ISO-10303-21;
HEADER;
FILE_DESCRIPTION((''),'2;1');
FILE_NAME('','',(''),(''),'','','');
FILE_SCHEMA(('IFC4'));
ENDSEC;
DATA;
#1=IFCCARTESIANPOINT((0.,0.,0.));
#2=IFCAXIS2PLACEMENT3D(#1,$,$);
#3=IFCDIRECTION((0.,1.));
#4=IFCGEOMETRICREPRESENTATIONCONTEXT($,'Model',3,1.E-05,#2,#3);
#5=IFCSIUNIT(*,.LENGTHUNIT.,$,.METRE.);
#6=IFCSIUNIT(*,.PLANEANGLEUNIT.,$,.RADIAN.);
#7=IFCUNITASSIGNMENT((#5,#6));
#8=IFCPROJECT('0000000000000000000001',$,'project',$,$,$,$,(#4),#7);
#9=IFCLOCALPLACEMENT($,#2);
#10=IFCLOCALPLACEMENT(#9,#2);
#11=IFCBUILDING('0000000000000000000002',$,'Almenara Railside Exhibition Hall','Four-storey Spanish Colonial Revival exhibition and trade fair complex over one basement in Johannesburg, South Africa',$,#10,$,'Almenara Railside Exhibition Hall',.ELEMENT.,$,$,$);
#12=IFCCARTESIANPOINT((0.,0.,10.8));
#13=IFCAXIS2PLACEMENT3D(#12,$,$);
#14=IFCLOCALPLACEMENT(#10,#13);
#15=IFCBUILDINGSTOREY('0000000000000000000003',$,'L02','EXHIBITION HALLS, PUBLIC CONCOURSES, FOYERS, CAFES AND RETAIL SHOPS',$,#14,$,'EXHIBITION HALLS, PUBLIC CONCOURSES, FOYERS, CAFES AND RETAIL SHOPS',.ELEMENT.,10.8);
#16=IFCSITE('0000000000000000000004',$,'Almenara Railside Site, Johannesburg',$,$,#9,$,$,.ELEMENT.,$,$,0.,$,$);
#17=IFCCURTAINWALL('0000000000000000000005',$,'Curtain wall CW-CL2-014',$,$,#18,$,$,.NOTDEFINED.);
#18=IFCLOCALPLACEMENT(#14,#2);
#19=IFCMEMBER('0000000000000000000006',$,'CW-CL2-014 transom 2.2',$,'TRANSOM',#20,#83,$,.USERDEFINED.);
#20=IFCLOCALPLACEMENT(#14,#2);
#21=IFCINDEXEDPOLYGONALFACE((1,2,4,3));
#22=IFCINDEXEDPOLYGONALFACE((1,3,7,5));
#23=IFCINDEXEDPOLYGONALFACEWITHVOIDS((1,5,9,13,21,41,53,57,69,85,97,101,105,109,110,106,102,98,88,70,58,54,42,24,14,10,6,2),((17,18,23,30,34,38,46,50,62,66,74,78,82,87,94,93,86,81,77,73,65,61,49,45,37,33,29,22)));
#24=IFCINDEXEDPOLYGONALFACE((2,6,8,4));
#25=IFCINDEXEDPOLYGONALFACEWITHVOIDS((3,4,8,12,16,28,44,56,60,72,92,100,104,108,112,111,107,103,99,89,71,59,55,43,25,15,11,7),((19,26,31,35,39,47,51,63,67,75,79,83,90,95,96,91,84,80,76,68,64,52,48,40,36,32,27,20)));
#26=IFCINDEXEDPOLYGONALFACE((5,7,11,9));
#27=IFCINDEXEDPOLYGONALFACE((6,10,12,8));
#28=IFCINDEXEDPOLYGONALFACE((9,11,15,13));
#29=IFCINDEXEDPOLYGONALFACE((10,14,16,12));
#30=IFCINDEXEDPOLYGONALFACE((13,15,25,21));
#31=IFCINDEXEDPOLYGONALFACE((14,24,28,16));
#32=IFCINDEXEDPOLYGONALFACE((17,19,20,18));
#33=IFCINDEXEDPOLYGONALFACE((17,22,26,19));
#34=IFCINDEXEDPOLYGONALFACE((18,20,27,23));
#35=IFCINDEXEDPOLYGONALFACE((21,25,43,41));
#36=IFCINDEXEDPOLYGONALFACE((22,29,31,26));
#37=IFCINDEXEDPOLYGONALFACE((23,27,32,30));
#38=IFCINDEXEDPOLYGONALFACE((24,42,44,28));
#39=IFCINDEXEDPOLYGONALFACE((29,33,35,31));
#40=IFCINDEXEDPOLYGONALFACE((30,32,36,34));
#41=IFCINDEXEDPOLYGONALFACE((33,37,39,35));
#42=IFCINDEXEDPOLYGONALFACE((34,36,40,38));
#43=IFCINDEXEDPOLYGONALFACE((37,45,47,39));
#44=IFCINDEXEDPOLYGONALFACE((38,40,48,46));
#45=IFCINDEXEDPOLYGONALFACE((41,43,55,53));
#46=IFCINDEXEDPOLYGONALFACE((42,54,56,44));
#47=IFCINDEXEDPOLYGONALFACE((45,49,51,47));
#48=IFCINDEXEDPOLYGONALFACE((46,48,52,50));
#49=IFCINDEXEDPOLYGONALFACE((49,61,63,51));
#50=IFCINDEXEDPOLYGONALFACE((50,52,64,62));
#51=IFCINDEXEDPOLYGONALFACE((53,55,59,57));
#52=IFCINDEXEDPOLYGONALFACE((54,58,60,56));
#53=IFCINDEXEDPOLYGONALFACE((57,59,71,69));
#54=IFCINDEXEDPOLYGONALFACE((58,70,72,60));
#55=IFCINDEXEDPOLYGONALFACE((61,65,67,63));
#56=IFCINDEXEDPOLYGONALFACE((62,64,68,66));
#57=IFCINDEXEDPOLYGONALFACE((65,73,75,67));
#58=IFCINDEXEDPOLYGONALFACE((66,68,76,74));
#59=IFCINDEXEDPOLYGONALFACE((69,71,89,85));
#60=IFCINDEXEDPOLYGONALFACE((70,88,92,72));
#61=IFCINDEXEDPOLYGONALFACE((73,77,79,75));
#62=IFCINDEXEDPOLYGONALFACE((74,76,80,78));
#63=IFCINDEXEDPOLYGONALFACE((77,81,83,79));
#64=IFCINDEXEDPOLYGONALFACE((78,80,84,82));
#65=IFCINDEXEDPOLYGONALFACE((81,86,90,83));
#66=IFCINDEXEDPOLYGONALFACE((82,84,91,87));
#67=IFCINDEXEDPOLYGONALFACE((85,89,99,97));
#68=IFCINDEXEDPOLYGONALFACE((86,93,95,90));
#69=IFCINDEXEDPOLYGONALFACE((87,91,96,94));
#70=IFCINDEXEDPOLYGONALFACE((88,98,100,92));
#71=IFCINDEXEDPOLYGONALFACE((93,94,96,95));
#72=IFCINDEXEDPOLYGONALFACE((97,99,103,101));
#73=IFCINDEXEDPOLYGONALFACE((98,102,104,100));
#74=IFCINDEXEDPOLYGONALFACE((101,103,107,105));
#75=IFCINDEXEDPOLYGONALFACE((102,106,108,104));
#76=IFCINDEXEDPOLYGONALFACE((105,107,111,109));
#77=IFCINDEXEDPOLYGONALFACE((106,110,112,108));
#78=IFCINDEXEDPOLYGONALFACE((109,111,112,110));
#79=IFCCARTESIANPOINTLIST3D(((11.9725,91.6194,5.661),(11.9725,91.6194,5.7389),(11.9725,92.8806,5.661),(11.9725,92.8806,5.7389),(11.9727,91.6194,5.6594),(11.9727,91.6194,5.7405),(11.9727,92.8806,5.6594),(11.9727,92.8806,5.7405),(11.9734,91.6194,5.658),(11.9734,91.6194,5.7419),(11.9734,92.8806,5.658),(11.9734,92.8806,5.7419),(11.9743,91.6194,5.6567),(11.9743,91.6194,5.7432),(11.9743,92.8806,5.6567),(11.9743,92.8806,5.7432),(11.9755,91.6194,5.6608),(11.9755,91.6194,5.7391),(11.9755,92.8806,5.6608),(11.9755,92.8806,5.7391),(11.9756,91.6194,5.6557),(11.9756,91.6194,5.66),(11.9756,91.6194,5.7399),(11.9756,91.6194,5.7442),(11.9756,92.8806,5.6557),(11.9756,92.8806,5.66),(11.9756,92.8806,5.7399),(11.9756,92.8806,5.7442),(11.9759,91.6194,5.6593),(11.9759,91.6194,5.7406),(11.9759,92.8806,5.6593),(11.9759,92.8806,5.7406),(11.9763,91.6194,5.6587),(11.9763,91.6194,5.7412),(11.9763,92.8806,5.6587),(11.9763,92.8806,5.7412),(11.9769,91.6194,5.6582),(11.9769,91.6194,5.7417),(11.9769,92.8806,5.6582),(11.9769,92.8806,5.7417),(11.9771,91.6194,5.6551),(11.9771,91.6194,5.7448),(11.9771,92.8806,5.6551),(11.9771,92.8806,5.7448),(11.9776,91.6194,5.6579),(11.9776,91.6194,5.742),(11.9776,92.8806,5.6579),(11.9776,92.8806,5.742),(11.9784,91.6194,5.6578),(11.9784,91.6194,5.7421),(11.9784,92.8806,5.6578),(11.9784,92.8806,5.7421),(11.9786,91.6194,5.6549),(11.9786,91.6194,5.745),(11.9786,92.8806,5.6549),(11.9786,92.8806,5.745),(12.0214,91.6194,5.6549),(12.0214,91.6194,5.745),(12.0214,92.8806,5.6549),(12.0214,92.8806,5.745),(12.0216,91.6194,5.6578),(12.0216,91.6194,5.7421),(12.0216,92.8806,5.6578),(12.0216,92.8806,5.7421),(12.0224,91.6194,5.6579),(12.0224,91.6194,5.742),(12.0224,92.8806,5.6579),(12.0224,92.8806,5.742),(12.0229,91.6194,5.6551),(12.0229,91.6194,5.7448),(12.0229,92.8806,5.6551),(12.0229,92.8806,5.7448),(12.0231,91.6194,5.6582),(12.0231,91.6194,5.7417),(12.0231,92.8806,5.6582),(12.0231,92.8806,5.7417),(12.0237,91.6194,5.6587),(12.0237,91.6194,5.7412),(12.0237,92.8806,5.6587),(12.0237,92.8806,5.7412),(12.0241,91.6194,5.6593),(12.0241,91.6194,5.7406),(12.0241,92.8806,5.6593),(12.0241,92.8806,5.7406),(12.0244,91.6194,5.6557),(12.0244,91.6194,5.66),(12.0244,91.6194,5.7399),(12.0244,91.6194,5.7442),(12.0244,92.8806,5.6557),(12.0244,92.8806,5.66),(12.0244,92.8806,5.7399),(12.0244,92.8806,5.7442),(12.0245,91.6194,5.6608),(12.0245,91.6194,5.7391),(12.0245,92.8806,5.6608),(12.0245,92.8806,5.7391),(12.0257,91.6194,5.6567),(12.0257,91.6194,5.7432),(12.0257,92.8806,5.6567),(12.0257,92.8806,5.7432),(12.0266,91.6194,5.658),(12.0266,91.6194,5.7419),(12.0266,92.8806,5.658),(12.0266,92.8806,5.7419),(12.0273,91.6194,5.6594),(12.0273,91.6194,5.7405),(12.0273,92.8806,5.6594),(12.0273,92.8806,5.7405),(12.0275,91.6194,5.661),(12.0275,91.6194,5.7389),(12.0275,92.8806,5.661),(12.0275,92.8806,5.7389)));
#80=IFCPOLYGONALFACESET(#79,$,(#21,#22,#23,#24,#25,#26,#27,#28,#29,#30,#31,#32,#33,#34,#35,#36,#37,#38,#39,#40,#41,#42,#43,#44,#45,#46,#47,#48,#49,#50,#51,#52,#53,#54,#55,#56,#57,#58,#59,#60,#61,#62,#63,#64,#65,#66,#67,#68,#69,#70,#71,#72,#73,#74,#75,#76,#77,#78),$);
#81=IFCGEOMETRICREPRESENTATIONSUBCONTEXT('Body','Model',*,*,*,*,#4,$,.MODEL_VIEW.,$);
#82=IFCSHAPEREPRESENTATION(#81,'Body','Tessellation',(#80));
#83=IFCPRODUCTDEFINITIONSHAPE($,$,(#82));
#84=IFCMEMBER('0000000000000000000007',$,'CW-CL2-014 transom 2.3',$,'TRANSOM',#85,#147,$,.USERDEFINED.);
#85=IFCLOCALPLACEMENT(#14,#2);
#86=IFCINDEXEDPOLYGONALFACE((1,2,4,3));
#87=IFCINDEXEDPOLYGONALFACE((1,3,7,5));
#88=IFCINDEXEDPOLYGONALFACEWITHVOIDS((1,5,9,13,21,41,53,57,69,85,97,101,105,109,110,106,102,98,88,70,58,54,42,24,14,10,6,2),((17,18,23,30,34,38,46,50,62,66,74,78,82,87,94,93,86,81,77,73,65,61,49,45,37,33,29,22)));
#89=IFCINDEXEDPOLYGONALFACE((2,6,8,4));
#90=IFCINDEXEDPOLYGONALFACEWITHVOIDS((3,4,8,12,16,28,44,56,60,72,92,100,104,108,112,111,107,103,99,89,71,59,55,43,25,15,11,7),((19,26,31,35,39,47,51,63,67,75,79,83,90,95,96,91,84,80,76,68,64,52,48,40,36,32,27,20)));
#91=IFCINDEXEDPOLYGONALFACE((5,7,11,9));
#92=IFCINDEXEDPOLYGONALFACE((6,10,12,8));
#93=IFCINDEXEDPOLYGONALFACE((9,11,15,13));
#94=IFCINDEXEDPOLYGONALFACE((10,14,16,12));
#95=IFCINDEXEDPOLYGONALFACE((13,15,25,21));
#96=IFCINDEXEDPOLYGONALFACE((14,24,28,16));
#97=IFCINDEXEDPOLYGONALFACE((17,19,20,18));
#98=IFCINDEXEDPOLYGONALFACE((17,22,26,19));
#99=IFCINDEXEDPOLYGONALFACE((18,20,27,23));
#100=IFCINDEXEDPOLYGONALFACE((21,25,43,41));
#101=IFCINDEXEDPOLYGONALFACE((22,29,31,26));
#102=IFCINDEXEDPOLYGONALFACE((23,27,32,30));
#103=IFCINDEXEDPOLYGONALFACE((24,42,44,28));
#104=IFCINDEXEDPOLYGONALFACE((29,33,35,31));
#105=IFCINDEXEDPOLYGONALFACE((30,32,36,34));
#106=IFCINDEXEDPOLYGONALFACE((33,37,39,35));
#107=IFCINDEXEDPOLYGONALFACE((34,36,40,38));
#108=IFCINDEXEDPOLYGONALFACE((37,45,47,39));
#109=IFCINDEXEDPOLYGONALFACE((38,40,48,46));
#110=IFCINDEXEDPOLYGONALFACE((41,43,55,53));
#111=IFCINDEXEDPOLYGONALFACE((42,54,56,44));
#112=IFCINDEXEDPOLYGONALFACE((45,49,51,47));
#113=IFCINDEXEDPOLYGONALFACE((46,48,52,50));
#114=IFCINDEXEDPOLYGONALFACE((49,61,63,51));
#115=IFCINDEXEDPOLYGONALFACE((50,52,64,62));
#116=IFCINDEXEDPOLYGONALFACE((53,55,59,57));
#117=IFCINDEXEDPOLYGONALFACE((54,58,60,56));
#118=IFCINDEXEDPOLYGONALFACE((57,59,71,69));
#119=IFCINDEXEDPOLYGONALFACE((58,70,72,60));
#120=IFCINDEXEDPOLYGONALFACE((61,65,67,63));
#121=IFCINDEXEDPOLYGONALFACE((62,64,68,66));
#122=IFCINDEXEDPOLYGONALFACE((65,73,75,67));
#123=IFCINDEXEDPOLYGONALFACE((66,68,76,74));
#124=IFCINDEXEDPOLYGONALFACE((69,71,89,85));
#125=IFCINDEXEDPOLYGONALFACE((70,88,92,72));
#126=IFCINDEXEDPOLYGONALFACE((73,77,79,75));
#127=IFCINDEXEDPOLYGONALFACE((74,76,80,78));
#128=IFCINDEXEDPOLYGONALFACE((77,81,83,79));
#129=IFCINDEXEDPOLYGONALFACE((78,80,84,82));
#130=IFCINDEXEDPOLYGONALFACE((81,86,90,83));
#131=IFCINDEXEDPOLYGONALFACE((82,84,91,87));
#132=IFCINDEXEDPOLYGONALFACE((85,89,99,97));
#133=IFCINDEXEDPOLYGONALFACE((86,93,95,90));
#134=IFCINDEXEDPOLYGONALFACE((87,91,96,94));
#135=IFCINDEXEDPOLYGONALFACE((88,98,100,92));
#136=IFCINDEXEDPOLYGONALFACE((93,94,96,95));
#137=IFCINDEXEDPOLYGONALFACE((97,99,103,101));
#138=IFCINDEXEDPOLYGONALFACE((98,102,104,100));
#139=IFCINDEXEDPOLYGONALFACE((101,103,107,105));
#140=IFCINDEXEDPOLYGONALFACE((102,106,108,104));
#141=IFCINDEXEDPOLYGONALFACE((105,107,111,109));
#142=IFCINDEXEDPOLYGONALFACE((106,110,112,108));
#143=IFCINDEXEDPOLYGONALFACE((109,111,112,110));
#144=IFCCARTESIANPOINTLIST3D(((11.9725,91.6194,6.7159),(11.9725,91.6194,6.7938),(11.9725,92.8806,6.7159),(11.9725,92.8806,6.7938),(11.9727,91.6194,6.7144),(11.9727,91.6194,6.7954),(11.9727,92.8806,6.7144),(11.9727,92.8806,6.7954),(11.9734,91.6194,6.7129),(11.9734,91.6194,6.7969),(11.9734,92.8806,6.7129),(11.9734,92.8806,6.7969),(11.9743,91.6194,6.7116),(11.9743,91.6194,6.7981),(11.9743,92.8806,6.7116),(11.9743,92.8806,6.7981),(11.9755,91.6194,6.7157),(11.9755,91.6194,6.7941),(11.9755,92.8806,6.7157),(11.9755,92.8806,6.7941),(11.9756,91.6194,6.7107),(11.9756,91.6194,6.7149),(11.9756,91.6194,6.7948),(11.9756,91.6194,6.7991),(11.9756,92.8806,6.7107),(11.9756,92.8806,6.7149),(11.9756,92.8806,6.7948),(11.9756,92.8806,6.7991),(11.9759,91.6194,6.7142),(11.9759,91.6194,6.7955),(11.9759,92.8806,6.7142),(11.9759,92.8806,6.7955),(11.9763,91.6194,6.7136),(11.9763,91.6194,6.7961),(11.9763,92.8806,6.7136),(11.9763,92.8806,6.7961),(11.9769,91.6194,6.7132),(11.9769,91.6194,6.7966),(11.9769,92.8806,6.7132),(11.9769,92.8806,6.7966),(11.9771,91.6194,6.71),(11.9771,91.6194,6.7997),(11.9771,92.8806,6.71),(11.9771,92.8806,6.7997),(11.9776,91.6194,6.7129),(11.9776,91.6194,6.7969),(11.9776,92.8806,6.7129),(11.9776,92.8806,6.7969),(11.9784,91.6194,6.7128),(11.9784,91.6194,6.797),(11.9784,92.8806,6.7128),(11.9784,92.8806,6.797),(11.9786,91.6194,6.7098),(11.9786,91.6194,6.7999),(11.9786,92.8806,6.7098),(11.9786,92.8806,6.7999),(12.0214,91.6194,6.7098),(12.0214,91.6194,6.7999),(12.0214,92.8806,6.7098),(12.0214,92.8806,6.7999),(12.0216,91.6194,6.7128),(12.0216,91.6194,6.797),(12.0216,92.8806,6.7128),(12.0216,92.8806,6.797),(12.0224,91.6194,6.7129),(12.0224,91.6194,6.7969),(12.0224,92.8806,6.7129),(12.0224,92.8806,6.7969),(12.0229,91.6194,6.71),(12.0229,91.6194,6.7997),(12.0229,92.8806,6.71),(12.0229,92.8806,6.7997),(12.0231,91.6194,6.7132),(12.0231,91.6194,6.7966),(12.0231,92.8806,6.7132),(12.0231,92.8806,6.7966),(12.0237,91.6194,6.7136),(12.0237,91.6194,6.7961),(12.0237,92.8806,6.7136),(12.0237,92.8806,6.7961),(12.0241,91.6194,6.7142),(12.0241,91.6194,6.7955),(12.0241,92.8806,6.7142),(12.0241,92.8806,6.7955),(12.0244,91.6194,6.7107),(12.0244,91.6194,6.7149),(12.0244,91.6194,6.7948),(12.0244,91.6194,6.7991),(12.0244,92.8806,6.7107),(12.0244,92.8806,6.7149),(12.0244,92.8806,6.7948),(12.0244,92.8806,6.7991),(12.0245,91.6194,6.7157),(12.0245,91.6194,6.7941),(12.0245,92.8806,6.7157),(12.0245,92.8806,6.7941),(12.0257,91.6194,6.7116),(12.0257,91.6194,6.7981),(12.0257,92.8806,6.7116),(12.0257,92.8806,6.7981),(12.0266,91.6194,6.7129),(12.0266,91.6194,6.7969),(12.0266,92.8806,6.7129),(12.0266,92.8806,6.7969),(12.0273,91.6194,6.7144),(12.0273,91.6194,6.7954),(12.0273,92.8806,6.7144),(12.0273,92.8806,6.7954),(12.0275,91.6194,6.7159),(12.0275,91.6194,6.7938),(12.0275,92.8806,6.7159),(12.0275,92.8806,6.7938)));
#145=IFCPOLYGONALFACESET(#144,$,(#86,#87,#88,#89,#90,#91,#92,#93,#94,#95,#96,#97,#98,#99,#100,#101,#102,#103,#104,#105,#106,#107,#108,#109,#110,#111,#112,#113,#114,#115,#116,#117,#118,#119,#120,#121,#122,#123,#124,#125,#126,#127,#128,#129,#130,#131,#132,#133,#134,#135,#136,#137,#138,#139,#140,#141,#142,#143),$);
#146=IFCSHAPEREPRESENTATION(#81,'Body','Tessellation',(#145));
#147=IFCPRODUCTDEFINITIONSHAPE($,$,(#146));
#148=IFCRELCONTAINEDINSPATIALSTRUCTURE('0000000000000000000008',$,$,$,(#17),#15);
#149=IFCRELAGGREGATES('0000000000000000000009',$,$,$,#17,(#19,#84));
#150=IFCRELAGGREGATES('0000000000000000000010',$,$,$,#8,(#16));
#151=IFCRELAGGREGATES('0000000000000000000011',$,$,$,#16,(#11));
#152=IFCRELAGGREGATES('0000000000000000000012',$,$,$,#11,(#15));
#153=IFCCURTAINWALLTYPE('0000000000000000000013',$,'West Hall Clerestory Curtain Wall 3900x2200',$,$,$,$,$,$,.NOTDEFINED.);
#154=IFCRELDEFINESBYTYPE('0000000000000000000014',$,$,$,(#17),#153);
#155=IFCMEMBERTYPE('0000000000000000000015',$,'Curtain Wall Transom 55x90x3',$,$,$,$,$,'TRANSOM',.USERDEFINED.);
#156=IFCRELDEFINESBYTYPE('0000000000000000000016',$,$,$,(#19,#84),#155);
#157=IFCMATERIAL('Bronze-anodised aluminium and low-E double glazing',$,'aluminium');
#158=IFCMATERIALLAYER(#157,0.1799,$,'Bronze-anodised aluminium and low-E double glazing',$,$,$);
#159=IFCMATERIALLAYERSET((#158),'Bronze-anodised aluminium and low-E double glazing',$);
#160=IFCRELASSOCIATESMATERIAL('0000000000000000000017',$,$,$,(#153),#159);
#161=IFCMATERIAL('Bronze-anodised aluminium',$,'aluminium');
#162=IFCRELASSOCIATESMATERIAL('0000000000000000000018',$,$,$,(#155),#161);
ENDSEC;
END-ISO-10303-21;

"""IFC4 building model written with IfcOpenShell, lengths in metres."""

from ifc_helpers import new_model, si_unit, direction, frame, origin, origin_2d, place, context, subcontext, project, spatial, hollow_rectangle, extrude, material, layer, layer_set, material_profile, profile_set, type_object, element, aggregate, save


model = new_model("IFC4")

# Units and contexts
model_context = context("Model", 3, precision=1e-05, world=origin(), true_north=direction((0.0, 1.0)))
body_context = subcontext(model_context, "Body", "Model", "MODEL_VIEW")
ifc_project = project(units=[si_unit("LENGTHUNIT", "METRE"), si_unit("PLANEANGLEUNIT", "RADIAN")], contexts=[model_context])

# Site, building, storey
site_placement = place(None, origin())
site = spatial("IfcSite", under=ifc_project, at=site_placement, Name="Almenara Railside Site, Johannesburg", CompositionType="ELEMENT", RefElevation=0.0)
building_placement = place(site_placement, origin())
building = spatial("IfcBuilding", under=site, at=building_placement, Name="Almenara Railside Exhibition Hall", Description="Four-storey Spanish Colonial Revival exhibition and trade fair complex over one basement in Johannesburg, South Africa", LongName="Almenara Railside Exhibition Hall", CompositionType="ELEMENT")
storey_placement = place(building_placement, frame((0.0, 0.0, 10.8)))
storey = spatial("IfcBuildingStorey", under=building, at=storey_placement, Name="L02", Description="EXHIBITION HALLS, PUBLIC CONCOURSES, FOYERS, CAFES AND RETAIL SHOPS", LongName="EXHIBITION HALLS, PUBLIC CONCOURSES, FOYERS, CAFES AND RETAIL SHOPS", CompositionType="ELEMENT", Elevation=10.8)

# Curtain wall
ifc_material_1 = material(Name="Bronze-anodised aluminium and low-E double glazing", Category="aluminium")
ifc_layer_1 = layer(ifc_material_1, 0.1799, Name="Bronze-anodised aluminium and low-E double glazing")
ifc_layer_set_1 = layer_set([ifc_layer_1], Name="Bronze-anodised aluminium and low-E double glazing")
curtain_wall_type_1 = type_object("IfcCurtainWallType", Name="West Hall Clerestory Curtain Wall 3900x2200", PredefinedType="NOTDEFINED", material=ifc_layer_set_1)
curtain_wall_1_placement = place(storey_placement, origin())
curtain_wall_1 = element("IfcCurtainWall", 1, at=curtain_wall_1_placement, inside=storey, type_object=curtain_wall_type_1, Name="Curtain wall CW-CL2-014", PredefinedType="NOTDEFINED")
ifc_material_2 = material(Name="Bronze-anodised aluminium", Category="aluminium")

# Members
ifc_material_profile_1 = material_profile(ifc_material_2, hollow_rectangle(XDim=0.0549, YDim=0.0901, WallThickness=0.0029, InnerFilletRadius=0.0029, OuterFilletRadius=0.0061, at=origin_2d()), Name="ALU-TRN 55x90x3")
ifc_profile_set_1 = profile_set([ifc_material_profile_1], Name="Bronze-anodised aluminium")
member_type_1 = type_object("IfcMemberType", Name="Curtain Wall Transom 55x90x3", ElementType="TRANSOM", PredefinedType="USERDEFINED", material=ifc_profile_set_1)
member_1_placement = place(storey_placement, frame((12.0, 91.6194, 5.7), z_axis=(0.0, 1.0, 0.0), x_axis=(-1.0, 0.0, 0.0)))
member_1 = element("IfcMember", 2, at=member_1_placement, type_object=member_type_1, Name="CW-CL2-014 transom 2.2", ObjectType="TRANSOM", PredefinedType="USERDEFINED", context=body_context, shape_type="SweptSolid", body=[
    extrude(hollow_rectangle(XDim=0.0549, YDim=0.0901, WallThickness=0.0029, InnerFilletRadius=0.0029, OuterFilletRadius=0.0061, at=origin_2d()), origin(), (0.0, 0.0, 1.0), 1.2612),
])
member_2_placement = place(storey_placement, frame((12.0, 91.6194, 6.7549), z_axis=(0.0, 1.0, 0.0), x_axis=(-1.0, 0.0, 0.0)))
member_2 = element("IfcMember", 3, at=member_2_placement, type_object=member_type_1, Name="CW-CL2-014 transom 2.3", ObjectType="TRANSOM", PredefinedType="USERDEFINED", context=body_context, shape_type="SweptSolid", body=[
    extrude(hollow_rectangle(XDim=0.0549, YDim=0.0901, WallThickness=0.0029, InnerFilletRadius=0.0029, OuterFilletRadius=0.0061, at=origin_2d()), origin(), (0.0, 0.0, 1.0), 1.2612),
])

aggregate(curtain_wall_1, [member_1, member_2])

save(model, "model.ifc")
